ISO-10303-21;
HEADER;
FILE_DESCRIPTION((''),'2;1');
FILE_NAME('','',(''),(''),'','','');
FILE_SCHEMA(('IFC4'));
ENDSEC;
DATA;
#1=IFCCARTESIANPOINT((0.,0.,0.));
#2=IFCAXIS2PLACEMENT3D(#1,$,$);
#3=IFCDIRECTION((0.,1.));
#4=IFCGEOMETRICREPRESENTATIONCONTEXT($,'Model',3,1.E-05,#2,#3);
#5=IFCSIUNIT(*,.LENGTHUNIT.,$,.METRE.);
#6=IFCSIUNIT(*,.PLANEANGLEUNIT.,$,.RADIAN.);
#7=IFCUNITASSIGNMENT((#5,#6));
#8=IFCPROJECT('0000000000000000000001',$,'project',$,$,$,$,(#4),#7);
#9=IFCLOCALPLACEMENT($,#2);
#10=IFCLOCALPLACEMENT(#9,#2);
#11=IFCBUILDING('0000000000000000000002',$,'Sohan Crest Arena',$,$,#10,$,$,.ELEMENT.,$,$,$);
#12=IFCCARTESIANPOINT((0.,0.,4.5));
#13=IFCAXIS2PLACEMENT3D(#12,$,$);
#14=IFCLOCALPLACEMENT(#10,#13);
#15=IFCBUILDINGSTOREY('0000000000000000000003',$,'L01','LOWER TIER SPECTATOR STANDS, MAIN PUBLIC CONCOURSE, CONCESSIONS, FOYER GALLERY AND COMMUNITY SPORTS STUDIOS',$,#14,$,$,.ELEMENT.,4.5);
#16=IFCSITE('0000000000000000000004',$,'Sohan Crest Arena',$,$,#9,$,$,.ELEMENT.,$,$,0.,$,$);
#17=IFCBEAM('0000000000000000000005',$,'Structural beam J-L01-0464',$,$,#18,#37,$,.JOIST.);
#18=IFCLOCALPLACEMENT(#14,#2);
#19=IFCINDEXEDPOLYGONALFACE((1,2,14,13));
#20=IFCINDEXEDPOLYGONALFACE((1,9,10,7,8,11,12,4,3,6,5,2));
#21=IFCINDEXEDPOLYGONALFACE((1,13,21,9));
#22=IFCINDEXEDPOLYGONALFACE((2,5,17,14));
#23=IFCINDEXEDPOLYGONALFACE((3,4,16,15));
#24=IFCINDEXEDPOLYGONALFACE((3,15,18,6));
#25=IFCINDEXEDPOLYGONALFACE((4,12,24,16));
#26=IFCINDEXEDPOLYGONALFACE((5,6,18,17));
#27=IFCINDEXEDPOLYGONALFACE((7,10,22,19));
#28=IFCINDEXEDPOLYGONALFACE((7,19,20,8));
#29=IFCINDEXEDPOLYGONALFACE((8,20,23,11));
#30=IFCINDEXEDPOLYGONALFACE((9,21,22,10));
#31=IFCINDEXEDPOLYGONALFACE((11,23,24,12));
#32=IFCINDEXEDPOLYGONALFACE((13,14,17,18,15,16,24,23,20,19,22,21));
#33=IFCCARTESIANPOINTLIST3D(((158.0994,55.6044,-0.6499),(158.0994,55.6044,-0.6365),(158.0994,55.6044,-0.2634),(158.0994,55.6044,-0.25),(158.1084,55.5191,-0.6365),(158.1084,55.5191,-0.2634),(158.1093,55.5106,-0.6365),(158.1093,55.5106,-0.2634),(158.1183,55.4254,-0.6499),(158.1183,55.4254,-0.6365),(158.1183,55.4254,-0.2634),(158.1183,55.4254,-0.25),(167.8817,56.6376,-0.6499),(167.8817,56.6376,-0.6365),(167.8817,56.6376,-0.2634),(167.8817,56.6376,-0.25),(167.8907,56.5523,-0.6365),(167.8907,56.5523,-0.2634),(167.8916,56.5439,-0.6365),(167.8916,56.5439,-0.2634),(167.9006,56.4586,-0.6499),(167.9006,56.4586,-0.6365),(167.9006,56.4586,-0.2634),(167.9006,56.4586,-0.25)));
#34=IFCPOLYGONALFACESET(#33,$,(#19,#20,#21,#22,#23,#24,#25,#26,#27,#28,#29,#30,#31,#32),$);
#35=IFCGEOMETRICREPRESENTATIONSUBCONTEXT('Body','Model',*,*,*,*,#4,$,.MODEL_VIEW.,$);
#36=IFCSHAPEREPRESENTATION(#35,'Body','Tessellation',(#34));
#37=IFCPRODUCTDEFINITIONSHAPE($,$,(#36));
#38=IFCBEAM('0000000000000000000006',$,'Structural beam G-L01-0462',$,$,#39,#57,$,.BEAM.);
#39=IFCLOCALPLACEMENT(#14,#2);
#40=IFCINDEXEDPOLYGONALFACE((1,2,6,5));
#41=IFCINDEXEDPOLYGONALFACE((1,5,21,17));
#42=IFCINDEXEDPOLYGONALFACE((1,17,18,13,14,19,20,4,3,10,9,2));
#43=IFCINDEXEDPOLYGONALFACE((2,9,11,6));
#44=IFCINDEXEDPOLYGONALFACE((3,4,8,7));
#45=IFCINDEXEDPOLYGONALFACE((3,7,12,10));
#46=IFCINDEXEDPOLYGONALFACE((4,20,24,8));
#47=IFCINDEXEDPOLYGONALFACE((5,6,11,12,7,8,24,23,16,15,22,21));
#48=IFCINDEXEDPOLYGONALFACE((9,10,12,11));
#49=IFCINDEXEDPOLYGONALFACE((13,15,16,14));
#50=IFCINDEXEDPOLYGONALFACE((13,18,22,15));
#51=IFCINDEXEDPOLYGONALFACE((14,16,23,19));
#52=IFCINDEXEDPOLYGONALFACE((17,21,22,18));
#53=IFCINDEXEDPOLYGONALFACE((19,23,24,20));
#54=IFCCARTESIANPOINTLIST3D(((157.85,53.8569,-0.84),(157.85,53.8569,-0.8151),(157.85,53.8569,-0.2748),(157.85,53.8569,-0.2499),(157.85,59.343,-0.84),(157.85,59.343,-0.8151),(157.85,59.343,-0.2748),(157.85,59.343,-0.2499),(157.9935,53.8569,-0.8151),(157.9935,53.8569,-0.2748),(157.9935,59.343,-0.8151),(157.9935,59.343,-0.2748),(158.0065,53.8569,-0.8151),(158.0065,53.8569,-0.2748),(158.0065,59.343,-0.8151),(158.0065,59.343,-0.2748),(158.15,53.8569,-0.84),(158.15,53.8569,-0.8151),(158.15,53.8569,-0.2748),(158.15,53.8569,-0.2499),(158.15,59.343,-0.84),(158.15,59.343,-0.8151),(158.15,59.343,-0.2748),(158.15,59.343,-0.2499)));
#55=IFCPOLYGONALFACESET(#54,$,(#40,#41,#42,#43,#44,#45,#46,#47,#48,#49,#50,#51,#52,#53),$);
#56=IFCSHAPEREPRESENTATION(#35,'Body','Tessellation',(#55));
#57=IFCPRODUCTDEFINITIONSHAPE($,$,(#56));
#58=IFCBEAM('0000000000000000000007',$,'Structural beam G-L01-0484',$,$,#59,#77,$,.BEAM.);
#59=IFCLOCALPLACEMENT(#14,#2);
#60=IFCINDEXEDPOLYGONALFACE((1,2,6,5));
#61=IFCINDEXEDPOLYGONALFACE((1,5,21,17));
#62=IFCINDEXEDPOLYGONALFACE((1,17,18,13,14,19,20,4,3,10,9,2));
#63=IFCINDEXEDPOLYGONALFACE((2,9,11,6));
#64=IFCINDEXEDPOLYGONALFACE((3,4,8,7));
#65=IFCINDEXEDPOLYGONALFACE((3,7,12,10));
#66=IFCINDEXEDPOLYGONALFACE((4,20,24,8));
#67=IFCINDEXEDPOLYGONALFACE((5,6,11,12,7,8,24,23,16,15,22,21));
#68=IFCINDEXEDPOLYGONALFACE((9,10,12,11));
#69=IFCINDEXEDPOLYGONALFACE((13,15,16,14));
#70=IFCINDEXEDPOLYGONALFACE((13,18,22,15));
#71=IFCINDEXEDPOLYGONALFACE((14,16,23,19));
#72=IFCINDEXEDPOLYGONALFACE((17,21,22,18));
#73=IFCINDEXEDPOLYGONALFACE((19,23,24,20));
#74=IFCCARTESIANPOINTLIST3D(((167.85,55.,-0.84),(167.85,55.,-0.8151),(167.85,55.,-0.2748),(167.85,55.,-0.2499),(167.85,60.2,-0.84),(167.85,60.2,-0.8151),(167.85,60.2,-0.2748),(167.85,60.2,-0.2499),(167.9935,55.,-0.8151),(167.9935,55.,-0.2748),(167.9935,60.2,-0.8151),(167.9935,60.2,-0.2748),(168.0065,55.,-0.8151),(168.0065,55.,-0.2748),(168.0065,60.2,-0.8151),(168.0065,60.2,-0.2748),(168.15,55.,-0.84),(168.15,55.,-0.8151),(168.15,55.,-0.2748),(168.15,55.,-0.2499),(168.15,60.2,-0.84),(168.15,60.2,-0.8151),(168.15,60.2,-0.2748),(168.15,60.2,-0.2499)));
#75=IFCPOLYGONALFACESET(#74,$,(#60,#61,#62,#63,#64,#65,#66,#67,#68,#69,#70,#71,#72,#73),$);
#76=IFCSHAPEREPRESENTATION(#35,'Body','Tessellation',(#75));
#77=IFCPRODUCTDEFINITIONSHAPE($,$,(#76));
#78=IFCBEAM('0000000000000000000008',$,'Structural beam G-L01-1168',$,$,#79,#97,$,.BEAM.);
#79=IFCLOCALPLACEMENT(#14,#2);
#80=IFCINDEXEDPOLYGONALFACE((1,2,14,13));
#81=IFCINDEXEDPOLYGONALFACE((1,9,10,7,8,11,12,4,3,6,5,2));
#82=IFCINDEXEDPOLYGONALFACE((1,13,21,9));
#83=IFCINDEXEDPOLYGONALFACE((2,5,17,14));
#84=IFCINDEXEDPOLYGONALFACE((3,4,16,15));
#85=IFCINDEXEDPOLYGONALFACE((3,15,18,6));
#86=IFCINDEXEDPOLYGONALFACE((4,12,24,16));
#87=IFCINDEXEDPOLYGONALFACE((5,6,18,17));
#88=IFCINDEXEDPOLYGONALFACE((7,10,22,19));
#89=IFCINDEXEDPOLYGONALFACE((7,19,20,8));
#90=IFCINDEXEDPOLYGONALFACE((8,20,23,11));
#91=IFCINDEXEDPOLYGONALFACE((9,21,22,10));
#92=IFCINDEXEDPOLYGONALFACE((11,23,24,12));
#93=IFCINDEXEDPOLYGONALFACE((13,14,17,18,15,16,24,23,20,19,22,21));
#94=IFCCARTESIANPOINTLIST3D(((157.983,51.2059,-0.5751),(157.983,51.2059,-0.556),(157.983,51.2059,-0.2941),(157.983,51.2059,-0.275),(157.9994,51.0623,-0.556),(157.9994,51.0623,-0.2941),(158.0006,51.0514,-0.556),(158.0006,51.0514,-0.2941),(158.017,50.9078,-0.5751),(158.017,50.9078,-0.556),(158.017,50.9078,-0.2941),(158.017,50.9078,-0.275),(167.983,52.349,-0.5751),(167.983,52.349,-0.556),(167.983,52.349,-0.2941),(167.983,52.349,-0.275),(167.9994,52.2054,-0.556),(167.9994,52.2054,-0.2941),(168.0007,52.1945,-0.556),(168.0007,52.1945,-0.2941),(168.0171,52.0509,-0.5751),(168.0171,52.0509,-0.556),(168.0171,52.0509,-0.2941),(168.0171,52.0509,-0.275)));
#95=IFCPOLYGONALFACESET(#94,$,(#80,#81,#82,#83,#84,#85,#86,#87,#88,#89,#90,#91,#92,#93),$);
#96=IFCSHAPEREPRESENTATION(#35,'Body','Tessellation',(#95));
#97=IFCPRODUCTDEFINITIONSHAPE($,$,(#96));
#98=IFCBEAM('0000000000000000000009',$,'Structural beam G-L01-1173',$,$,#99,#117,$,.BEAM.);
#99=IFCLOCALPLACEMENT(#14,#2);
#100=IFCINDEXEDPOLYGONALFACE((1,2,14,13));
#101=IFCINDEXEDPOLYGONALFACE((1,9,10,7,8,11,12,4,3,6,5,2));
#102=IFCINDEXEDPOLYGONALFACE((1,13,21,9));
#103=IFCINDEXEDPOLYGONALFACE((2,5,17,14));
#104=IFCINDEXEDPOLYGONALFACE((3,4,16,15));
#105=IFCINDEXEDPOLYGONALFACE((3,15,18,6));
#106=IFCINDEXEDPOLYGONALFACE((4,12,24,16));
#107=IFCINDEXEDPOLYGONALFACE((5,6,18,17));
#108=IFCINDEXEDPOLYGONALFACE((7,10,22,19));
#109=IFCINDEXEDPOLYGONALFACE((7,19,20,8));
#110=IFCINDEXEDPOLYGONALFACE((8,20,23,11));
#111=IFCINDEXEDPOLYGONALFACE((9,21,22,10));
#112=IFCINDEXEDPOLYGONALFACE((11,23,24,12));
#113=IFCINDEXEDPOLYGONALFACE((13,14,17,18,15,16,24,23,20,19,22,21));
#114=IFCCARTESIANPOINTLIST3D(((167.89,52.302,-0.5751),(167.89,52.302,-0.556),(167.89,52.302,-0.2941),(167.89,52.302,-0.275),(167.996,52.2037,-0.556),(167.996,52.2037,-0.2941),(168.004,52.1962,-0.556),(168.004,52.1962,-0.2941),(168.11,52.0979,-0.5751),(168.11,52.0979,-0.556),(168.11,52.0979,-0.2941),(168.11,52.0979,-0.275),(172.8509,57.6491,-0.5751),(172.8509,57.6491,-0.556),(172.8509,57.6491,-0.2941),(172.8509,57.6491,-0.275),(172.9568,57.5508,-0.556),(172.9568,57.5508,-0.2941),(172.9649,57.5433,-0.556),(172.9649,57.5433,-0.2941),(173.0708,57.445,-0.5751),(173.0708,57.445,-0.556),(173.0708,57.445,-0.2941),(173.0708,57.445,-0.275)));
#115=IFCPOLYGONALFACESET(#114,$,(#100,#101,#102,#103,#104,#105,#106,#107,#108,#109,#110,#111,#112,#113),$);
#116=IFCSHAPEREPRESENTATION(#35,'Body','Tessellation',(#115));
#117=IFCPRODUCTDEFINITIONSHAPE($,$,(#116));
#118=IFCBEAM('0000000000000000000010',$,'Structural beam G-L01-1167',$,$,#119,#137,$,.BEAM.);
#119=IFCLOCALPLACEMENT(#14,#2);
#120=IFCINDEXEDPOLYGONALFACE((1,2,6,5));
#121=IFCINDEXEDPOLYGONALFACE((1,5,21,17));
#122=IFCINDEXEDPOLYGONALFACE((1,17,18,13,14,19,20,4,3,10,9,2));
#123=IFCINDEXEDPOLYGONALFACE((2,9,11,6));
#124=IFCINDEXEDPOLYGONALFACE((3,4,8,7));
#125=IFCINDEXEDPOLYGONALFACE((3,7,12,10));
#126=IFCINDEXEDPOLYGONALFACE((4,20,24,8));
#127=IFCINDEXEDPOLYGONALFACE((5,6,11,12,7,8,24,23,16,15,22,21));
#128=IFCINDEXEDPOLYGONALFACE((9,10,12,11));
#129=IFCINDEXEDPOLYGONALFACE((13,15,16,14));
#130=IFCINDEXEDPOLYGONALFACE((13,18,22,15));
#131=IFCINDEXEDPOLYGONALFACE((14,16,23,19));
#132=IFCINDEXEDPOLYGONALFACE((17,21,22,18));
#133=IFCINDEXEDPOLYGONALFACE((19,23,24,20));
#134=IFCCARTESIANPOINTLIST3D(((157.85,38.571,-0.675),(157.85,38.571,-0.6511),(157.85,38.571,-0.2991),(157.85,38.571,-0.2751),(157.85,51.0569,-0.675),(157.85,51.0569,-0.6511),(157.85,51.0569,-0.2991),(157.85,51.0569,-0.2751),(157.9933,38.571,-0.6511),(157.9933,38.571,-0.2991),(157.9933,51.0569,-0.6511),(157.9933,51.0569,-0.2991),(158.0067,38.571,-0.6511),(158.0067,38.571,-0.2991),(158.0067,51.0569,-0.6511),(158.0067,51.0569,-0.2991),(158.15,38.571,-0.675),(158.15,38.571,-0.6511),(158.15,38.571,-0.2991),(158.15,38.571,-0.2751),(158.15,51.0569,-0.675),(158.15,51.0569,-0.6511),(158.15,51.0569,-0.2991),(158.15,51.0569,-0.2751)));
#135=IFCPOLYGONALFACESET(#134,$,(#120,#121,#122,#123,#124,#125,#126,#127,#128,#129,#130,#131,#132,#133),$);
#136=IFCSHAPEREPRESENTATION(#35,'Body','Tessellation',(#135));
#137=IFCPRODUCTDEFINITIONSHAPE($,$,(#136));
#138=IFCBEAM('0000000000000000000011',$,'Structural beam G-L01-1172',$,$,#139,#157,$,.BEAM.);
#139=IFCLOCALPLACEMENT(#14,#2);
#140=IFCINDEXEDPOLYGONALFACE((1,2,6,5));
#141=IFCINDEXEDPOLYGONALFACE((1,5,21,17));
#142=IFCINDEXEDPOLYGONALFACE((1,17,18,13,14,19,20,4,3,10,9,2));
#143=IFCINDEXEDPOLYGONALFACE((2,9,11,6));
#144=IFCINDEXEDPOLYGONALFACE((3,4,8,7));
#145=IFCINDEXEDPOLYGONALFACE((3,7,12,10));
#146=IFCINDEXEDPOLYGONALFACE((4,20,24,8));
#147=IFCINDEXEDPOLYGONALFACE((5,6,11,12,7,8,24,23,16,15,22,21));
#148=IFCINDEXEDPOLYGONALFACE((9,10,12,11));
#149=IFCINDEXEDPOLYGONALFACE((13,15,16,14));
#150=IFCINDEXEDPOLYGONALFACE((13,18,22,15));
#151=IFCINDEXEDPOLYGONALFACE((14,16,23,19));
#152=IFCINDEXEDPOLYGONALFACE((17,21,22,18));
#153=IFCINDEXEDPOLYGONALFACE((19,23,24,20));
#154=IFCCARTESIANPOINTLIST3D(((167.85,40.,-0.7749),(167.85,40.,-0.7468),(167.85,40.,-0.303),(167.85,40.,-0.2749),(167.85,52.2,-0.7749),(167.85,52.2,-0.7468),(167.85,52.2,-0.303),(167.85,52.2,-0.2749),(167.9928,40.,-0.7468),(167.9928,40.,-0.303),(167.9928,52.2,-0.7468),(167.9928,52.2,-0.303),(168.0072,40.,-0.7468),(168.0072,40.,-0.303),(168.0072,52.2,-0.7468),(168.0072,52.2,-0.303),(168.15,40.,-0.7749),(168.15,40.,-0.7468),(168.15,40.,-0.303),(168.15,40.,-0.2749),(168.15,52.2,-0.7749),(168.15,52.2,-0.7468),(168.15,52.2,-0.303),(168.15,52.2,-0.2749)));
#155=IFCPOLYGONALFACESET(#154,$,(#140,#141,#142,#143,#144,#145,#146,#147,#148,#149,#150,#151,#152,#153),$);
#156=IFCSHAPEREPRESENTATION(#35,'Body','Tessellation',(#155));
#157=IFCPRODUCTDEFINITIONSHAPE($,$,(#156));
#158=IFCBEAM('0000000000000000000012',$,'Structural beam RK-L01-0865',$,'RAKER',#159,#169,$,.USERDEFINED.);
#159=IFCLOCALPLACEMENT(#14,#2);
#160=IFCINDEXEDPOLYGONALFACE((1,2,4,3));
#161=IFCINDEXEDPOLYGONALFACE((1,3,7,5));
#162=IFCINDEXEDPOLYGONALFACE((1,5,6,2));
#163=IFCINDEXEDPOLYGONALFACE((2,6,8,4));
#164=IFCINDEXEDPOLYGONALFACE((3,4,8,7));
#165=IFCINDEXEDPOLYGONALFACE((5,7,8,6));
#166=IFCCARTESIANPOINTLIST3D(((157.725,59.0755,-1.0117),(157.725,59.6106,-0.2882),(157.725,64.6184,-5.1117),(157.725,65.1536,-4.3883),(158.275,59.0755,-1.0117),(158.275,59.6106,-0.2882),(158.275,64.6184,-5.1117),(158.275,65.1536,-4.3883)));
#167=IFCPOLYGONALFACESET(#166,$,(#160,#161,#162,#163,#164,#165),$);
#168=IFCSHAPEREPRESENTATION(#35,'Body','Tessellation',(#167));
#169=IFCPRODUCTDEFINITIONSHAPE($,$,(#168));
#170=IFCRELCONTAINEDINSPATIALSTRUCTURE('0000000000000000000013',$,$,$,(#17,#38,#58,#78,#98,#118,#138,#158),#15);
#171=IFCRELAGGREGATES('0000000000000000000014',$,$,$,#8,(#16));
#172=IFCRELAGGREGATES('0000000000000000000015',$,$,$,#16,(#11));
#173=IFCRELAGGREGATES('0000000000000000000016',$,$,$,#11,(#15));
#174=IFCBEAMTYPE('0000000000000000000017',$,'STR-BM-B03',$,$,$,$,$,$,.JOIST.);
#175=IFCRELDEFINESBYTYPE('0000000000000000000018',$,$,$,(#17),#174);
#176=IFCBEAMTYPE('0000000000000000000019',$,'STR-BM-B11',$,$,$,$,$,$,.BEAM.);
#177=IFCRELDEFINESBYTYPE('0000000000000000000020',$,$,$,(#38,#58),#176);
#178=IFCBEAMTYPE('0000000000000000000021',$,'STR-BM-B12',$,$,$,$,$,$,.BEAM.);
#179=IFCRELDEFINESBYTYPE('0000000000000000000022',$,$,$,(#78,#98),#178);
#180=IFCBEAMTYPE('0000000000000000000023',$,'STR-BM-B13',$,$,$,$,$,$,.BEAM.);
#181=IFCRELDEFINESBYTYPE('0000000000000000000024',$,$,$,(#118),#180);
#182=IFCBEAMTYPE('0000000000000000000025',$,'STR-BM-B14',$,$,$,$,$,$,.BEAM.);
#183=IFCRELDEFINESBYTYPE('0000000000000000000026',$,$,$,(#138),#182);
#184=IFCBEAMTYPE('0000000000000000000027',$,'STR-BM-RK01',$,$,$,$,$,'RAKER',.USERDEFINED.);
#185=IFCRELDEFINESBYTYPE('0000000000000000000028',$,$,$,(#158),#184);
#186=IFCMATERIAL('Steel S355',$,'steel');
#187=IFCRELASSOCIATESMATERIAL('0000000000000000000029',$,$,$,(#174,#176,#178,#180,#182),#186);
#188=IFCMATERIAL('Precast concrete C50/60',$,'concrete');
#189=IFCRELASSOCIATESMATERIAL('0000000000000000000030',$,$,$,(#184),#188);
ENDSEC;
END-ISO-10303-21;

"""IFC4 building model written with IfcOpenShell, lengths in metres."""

from ifc_helpers import new_model, si_unit, direction, frame, origin, origin_2d, place, context, subcontext, project, spatial, rectangle, i_section, extrude, material, material_profile, profile_set, type_object, element, save


model = new_model("IFC4")

# Units and contexts
model_context = context("Model", 3, precision=1e-05, world=origin(), true_north=direction((0.0, 1.0)))
body_context = subcontext(model_context, "Body", "Model", "MODEL_VIEW")
ifc_project = project(units=[si_unit("LENGTHUNIT", "METRE"), si_unit("PLANEANGLEUNIT", "RADIAN")], contexts=[model_context])

# Site, building, storey
site_placement = place(None, origin())
site = spatial("IfcSite", under=ifc_project, at=site_placement, Name="Sohan Crest Arena", CompositionType="ELEMENT", RefElevation=0.0)
building_placement = place(site_placement, origin())
building = spatial("IfcBuilding", under=site, at=building_placement, Name="Sohan Crest Arena", CompositionType="ELEMENT")
storey_placement = place(building_placement, frame((0.0, 0.0, 4.5)))
storey = spatial("IfcBuildingStorey", under=building, at=storey_placement, Name="L01", Description="LOWER TIER SPECTATOR STANDS, MAIN PUBLIC CONCOURSE, CONCESSIONS, FOYER GALLERY AND COMMUNITY SPORTS STUDIOS", CompositionType="ELEMENT", Elevation=4.5)

# Shared definitions
ifc_material_1 = material(Name="Steel S355", Category="steel")

# Beams
ifc_material_profile_1 = material_profile(ifc_material_1, i_section(OverallWidth=0.1799, OverallDepth=0.3999, WebThickness=0.0085, FlangeThickness=0.0134, at=origin_2d()), Name="IPE 400")
ifc_profile_set_1 = profile_set([ifc_material_profile_1], Name="Steel S355")
beam_type_1 = type_object("IfcBeamType", Name="STR-BM-B03", PredefinedType="JOIST", material=ifc_profile_set_1)
beam_1_placement = place(storey_placement, frame((158.1089, 55.5149, -0.45), z_axis=(0.994468, 0.105036, 0.0), x_axis=(-0.105036, 0.994468, 0.0)))
element("IfcBeam", 1, at=beam_1_placement, inside=storey, type_object=beam_type_1, Name="Structural beam J-L01-0464", PredefinedType="JOIST", context=body_context, shape_type="SweptSolid", body=[
    extrude(i_section(OverallWidth=0.1799, OverallDepth=0.3999, WebThickness=0.0085, FlangeThickness=0.0134, at=origin_2d()), origin(), (0.0, 0.0, 1.0), 9.8367),
])
ifc_material_profile_2 = material_profile(ifc_material_1, i_section(OverallWidth=0.3, OverallDepth=0.5901, WebThickness=0.0129, FlangeThickness=0.0249, at=origin_2d()), Name="HEA 600")
ifc_profile_set_2 = profile_set([ifc_material_profile_2], Name="Steel S355")
beam_type_2 = type_object("IfcBeamType", Name="STR-BM-B11", PredefinedType="BEAM", material=ifc_profile_set_2)
beam_2_placement = place(storey_placement, frame((158.0, 59.343, -0.5449), z_axis=(0.0, -1.0, 0.0), x_axis=(1.0, 0.0, 0.0)))
element("IfcBeam", 2, at=beam_2_placement, inside=storey, type_object=beam_type_2, Name="Structural beam G-L01-0462", PredefinedType="BEAM", context=body_context, shape_type="SweptSolid", body=[
    extrude(i_section(OverallWidth=0.3, OverallDepth=0.5901, WebThickness=0.0129, FlangeThickness=0.0249, at=origin_2d()), origin(), (0.0, 0.0, 1.0), 5.4861),
])
beam_3_placement = place(storey_placement, frame((168.0, 60.2, -0.5449), z_axis=(0.0, -1.0, 0.0), x_axis=(1.0, 0.0, 0.0)))
element("IfcBeam", 3, at=beam_3_placement, inside=storey, type_object=beam_type_2, Name="Structural beam G-L01-0484", PredefinedType="BEAM", context=body_context, shape_type="SweptSolid", body=[
    extrude(i_section(OverallWidth=0.3, OverallDepth=0.5901, WebThickness=0.0129, FlangeThickness=0.0249, at=origin_2d()), origin(), (0.0, 0.0, 1.0), 5.2),
])
ifc_material_profile_3 = material_profile(ifc_material_1, i_section(OverallWidth=0.3, OverallDepth=0.3, WebThickness=0.011, FlangeThickness=0.019, at=origin_2d()), Name="HEB 300")
ifc_profile_set_3 = profile_set([ifc_material_profile_3], Name="Steel S355")
beam_type_3 = type_object("IfcBeamType", Name="STR-BM-B12", PredefinedType="BEAM", material=ifc_profile_set_3)
beam_4_placement = place(storey_placement, frame((158.0, 51.0569, -0.425), z_axis=(0.99353, 0.113567, 0.0), x_axis=(-0.113567, 0.99353, 0.0)))
element("IfcBeam", 4, at=beam_4_placement, inside=storey, type_object=beam_type_3, Name="Structural beam G-L01-1168", PredefinedType="BEAM", context=body_context, shape_type="SweptSolid", body=[
    extrude(i_section(OverallWidth=0.3, OverallDepth=0.3, WebThickness=0.011, FlangeThickness=0.019, at=origin_2d()), origin(), (0.0, 0.0, 1.0), 10.0652),
])
beam_5_placement = place(storey_placement, frame((168.0, 52.2, -0.425), z_axis=(0.680135, 0.733087, 0.0), x_axis=(-0.733087, 0.680135, 0.0)))
element("IfcBeam", 5, at=beam_5_placement, inside=storey, type_object=beam_type_3, Name="Structural beam G-L01-1173", PredefinedType="BEAM", context=body_context, shape_type="SweptSolid", body=[
    extrude(i_section(OverallWidth=0.3, OverallDepth=0.3, WebThickness=0.011, FlangeThickness=0.019, at=origin_2d()), origin(), (0.0, 0.0, 1.0), 7.2939),
])
ifc_material_profile_4 = material_profile(ifc_material_1, i_section(OverallWidth=0.3, OverallDepth=0.3999, WebThickness=0.0134, FlangeThickness=0.0239, at=origin_2d()), Name="HEB 400")
ifc_profile_set_4 = profile_set([ifc_material_profile_4], Name="Steel S355")
beam_type_4 = type_object("IfcBeamType", Name="STR-BM-B13", PredefinedType="BEAM", material=ifc_profile_set_4)
beam_6_placement = place(storey_placement, frame((158.0, 51.0569, -0.4751), z_axis=(0.0, -1.0, 0.0), x_axis=(1.0, 0.0, 0.0)))
element("IfcBeam", 6, at=beam_6_placement, inside=storey, type_object=beam_type_4, Name="Structural beam G-L01-1167", PredefinedType="BEAM", context=body_context, shape_type="SweptSolid", body=[
    extrude(i_section(OverallWidth=0.3, OverallDepth=0.3999, WebThickness=0.0134, FlangeThickness=0.0239, at=origin_2d()), origin(), (0.0, 0.0, 1.0), 12.4858),
])
ifc_material_profile_5 = material_profile(ifc_material_1, i_section(OverallWidth=0.3, OverallDepth=0.5, WebThickness=0.0144, FlangeThickness=0.0281, at=origin_2d()), Name="HEB 500")
ifc_profile_set_5 = profile_set([ifc_material_profile_5], Name="Steel S355")
beam_type_5 = type_object("IfcBeamType", Name="STR-BM-B14", PredefinedType="BEAM", material=ifc_profile_set_5)
beam_7_placement = place(storey_placement, frame((168.0, 52.2, -0.5249), z_axis=(0.0, -1.0, 0.0), x_axis=(1.0, 0.0, 0.0)))
element("IfcBeam", 7, at=beam_7_placement, inside=storey, type_object=beam_type_5, Name="Structural beam G-L01-1172", PredefinedType="BEAM", context=body_context, shape_type="SweptSolid", body=[
    extrude(i_section(OverallWidth=0.3, OverallDepth=0.5, WebThickness=0.0144, FlangeThickness=0.0281, at=origin_2d()), origin(), (0.0, 0.0, 1.0), 12.2),
])
ifc_material_2 = material(Name="Precast concrete C50/60", Category="concrete")
ifc_material_profile_6 = material_profile(ifc_material_2, rectangle(XDim=0.55, YDim=0.8999, at=origin_2d()), Name="RAKER 550x900")
ifc_profile_set_6 = profile_set([ifc_material_profile_6], Name="Precast concrete C50/60")
beam_type_6 = type_object("IfcBeamType", Name="STR-BM-RK01", ElementType="RAKER", PredefinedType="USERDEFINED", material=ifc_profile_set_6)
beam_8_placement = place(storey_placement, frame((158.0, 64.886, -4.75), z_axis=(0.0, -0.80396, 0.594684), x_axis=(1.0, 0.0, 0.0)))
element("IfcBeam", 8, at=beam_8_placement, inside=storey, type_object=beam_type_6, Name="Structural beam RK-L01-0865", ObjectType="RAKER", PredefinedType="USERDEFINED", context=body_context, shape_type="SweptSolid", body=[
    extrude(rectangle(XDim=0.55, YDim=0.8999, at=origin_2d()), origin(), (0.0, 0.0, 1.0), 6.8945),
])

save(model, "model.ifc")
